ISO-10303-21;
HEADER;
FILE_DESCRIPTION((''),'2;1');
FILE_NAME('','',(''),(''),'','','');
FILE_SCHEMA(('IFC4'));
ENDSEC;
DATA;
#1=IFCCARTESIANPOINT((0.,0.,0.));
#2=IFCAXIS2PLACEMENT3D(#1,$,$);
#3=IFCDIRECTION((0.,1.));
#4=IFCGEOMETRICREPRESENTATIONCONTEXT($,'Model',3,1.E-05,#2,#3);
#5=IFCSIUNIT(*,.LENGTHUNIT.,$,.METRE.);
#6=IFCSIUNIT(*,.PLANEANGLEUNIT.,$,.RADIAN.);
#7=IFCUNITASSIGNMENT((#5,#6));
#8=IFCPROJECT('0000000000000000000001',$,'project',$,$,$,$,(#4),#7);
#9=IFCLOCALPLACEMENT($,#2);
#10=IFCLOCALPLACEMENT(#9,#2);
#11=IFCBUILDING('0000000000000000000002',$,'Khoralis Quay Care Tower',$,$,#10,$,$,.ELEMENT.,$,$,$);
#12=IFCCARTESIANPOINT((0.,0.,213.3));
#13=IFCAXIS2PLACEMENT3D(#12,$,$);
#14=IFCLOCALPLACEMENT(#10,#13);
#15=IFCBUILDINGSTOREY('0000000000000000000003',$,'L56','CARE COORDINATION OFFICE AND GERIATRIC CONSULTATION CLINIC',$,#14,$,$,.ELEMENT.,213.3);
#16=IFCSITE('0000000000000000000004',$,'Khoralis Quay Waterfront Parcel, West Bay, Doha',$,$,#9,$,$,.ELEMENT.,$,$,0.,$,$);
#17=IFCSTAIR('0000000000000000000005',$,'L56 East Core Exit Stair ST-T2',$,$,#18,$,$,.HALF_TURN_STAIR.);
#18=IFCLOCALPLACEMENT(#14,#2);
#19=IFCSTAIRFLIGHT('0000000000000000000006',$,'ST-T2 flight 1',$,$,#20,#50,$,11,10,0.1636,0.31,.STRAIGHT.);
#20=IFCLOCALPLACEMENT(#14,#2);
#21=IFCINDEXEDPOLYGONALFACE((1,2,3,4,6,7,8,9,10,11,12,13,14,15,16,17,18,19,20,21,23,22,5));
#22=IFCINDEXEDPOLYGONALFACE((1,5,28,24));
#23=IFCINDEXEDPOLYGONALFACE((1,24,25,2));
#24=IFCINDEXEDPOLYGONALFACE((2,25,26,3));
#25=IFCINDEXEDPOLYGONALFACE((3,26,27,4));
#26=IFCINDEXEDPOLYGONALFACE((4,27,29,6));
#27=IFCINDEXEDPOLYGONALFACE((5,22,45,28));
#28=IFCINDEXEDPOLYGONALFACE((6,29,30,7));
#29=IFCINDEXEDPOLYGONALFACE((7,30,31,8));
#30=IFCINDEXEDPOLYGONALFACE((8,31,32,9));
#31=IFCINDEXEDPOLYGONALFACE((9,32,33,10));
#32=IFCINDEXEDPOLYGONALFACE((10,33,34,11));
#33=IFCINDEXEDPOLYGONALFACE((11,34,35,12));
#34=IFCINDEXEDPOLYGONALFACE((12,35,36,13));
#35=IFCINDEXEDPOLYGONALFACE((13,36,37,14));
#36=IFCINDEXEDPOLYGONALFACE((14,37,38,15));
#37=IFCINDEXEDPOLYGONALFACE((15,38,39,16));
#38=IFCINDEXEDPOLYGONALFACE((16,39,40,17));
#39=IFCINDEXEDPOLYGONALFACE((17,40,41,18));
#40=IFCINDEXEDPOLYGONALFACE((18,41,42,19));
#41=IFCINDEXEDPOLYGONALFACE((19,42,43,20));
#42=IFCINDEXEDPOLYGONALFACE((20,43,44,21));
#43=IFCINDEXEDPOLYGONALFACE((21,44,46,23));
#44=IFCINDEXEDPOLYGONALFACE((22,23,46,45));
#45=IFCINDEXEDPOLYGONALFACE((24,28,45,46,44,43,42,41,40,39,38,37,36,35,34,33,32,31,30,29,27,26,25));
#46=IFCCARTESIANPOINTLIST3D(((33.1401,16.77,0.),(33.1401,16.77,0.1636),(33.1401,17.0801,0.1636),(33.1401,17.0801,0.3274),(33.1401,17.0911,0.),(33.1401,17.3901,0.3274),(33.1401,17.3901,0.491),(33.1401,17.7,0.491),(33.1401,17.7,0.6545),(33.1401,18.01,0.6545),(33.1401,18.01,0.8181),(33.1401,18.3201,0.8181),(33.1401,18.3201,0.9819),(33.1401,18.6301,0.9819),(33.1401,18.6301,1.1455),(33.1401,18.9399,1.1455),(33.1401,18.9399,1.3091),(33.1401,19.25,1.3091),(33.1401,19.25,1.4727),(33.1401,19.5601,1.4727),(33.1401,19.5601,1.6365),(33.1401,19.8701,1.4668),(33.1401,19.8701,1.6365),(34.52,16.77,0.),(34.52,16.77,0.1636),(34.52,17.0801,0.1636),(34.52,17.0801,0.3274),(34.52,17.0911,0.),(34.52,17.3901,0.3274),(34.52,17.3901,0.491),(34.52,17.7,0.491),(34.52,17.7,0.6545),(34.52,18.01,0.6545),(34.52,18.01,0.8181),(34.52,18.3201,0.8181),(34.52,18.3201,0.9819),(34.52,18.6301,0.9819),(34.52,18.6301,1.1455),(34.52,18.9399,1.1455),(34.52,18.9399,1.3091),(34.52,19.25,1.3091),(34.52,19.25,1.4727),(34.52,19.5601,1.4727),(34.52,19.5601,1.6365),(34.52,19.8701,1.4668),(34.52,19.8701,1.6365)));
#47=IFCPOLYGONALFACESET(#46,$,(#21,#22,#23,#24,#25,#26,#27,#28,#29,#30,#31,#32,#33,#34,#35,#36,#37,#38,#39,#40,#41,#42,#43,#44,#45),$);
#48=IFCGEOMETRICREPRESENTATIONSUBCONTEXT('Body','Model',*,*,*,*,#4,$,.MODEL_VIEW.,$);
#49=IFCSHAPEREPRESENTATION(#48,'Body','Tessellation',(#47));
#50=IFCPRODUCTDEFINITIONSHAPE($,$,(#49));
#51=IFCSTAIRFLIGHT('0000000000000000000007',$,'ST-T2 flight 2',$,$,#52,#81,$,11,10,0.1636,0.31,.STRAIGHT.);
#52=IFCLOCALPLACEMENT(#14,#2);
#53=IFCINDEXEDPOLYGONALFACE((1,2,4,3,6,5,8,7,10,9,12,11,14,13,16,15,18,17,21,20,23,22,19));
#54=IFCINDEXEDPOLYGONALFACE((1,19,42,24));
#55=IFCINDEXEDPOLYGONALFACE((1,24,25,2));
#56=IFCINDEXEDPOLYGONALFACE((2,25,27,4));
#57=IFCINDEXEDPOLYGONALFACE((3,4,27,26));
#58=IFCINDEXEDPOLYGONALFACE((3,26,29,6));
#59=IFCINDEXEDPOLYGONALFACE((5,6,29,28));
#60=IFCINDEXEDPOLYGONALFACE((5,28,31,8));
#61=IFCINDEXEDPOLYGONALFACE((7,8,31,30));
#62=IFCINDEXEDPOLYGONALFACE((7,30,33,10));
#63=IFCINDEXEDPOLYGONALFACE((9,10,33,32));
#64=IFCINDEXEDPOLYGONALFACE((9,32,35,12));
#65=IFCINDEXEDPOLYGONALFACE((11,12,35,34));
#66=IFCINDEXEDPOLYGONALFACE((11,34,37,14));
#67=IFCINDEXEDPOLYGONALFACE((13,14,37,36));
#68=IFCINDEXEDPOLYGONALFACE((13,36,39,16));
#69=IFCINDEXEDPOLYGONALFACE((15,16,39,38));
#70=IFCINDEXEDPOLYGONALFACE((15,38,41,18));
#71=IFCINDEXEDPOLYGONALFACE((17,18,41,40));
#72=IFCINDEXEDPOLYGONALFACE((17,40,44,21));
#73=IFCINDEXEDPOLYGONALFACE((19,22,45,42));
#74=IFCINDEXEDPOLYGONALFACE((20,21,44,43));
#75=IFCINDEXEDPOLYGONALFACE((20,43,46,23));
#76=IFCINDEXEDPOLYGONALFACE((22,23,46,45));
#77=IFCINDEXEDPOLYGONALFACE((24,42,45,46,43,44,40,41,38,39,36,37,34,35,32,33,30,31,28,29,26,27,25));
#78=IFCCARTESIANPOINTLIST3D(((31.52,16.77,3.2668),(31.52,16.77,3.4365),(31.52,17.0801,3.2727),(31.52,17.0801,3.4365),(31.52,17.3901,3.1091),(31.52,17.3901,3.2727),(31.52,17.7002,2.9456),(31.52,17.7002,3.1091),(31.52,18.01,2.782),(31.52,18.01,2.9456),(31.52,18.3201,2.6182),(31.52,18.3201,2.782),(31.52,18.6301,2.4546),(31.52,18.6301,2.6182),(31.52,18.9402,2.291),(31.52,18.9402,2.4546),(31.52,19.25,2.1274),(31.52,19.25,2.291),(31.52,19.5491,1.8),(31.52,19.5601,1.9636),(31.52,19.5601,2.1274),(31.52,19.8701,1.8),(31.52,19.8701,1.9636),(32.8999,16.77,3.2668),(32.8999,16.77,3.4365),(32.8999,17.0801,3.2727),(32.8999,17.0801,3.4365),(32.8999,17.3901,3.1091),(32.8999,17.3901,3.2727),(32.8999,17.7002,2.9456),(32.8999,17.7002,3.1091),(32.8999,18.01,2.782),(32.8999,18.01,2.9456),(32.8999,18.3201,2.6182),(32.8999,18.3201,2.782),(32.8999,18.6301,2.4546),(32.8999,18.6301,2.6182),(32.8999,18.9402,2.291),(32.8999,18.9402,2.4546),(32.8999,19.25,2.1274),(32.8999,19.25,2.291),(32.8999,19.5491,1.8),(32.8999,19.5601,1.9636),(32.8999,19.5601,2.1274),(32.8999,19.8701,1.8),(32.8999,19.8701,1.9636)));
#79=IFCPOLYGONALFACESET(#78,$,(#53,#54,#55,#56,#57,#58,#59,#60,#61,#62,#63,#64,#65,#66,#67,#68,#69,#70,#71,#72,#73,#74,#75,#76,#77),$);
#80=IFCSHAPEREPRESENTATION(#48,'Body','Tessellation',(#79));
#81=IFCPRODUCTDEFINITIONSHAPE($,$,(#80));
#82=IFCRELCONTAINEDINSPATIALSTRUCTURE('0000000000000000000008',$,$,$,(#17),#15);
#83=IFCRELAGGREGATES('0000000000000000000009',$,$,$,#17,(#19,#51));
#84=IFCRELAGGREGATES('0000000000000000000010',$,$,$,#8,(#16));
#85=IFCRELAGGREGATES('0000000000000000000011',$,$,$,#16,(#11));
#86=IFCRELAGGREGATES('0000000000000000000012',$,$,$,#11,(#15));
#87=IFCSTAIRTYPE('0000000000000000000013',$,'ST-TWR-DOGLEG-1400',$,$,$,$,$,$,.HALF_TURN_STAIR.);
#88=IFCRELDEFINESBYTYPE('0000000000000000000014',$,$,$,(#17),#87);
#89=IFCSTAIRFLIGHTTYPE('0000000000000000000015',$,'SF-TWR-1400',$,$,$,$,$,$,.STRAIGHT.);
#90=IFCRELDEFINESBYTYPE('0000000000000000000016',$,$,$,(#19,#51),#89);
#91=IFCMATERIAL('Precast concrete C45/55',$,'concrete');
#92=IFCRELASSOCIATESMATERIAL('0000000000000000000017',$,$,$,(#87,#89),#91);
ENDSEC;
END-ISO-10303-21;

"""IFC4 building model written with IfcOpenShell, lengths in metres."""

from ifc_helpers import new_model, si_unit, direction, frame, origin, place, context, subcontext, project, spatial, polyline, outline, extrude, source, transform, mapped, material, type_object, element, aggregate, save


model = new_model("IFC4")

# Units and contexts
model_context = context("Model", 3, precision=1e-05, world=origin(), true_north=direction((0.0, 1.0)))
body_context = subcontext(model_context, "Body", "Model", "MODEL_VIEW")
ifc_project = project(units=[si_unit("LENGTHUNIT", "METRE"), si_unit("PLANEANGLEUNIT", "RADIAN")], contexts=[model_context])

# Site, building, storey
site_placement = place(None, origin())
site = spatial("IfcSite", under=ifc_project, at=site_placement, Name="Khoralis Quay Waterfront Parcel, West Bay, Doha", CompositionType="ELEMENT", RefElevation=0.0)
building_placement = place(site_placement, origin())
building = spatial("IfcBuilding", under=site, at=building_placement, Name="Khoralis Quay Care Tower", CompositionType="ELEMENT")
storey_placement = place(building_placement, frame((0.0, 0.0, 213.3)))
storey = spatial("IfcBuildingStorey", under=building, at=storey_placement, Name="L56", Description="CARE COORDINATION OFFICE AND GERIATRIC CONSULTATION CLINIC", CompositionType="ELEMENT", Elevation=213.3)

# Shared definitions
ifc_material_1 = material(Name="Precast concrete C45/55", Category="concrete")

# Stair, stair flights
stair_type = type_object("IfcStairType", Name="ST-TWR-DOGLEG-1400", PredefinedType="HALF_TURN_STAIR", material=ifc_material_1)
stair_placement = place(storey_placement, origin())
stair = element("IfcStair", 1, at=stair_placement, inside=storey, type_object=stair_type, Name="L56 East Core Exit Stair ST-T2", PredefinedType="HALF_TURN_STAIR")
stair_flight_type = type_object("IfcStairFlightType", Name="SF-TWR-1400", PredefinedType="STRAIGHT", material=ifc_material_1)
shared_shape_1 = source(origin(), body_context, "Body", "SweptSolid", [
    extrude(outline(polyline([(0.0, 0.0), (0.0, 0.1636), (0.3101, 0.1636), (0.3101, 0.3274), (0.6201, 0.3274), (0.6201, 0.491), (0.9299, 0.491), (0.9299, 0.6545), (1.24, 0.6545), (1.24, 0.8181), (1.55, 0.8181), (1.55, 0.9819), (1.8601, 0.9819), (1.8601, 1.1455), (2.1699, 1.1455), (2.1699, 1.3091), (2.48, 1.3091), (2.48, 1.4727), (2.79, 1.4727), (2.79, 1.6365), (3.1001, 1.6365), (3.1001, 1.8), (3.1001, 1.4668), (0.321, 0.0), (0.0, 0.0)])), frame((0.0, 0.6899, 0.0), z_axis=(0.0, -1.0, 0.0), x_axis=(1.0, 0.0, 0.0)), (0.0, 0.0, 1.0), 1.3799),
])
stair_flight_1_placement = place(storey_placement, frame((33.8301, 16.77, 0.0), z_axis=(0.0, 0.0, 1.0), x_axis=(0.0, 1.0, 0.0)))
stair_flight_1 = element("IfcStairFlight", 2, at=stair_flight_1_placement, type_object=stair_flight_type, Name="ST-T2 flight 1", NumberOfRisers=11, NumberOfTreads=10, PredefinedType="STRAIGHT", RiserHeight=0.1636, TreadLength=0.31, context=body_context, shape_type="MappedRepresentation", body=[
    mapped(shared_shape_1, transform((0.0, 0.0, 0.0), scale=1.0)),
])
stair_flight_2_placement = place(storey_placement, frame((32.21, 19.8701, 1.8), z_axis=(0.0, 0.0, 1.0), x_axis=(0.0, -1.0, 0.0)))
stair_flight_2 = element("IfcStairFlight", 3, at=stair_flight_2_placement, type_object=stair_flight_type, Name="ST-T2 flight 2", NumberOfRisers=11, NumberOfTreads=10, PredefinedType="STRAIGHT", RiserHeight=0.1636, TreadLength=0.31, context=body_context, shape_type="MappedRepresentation", body=[
    mapped(shared_shape_1, transform((0.0, 0.0, 0.0), scale=1.0)),
])
aggregate(stair, [stair_flight_1, stair_flight_2])

save(model, "model.ifc")
